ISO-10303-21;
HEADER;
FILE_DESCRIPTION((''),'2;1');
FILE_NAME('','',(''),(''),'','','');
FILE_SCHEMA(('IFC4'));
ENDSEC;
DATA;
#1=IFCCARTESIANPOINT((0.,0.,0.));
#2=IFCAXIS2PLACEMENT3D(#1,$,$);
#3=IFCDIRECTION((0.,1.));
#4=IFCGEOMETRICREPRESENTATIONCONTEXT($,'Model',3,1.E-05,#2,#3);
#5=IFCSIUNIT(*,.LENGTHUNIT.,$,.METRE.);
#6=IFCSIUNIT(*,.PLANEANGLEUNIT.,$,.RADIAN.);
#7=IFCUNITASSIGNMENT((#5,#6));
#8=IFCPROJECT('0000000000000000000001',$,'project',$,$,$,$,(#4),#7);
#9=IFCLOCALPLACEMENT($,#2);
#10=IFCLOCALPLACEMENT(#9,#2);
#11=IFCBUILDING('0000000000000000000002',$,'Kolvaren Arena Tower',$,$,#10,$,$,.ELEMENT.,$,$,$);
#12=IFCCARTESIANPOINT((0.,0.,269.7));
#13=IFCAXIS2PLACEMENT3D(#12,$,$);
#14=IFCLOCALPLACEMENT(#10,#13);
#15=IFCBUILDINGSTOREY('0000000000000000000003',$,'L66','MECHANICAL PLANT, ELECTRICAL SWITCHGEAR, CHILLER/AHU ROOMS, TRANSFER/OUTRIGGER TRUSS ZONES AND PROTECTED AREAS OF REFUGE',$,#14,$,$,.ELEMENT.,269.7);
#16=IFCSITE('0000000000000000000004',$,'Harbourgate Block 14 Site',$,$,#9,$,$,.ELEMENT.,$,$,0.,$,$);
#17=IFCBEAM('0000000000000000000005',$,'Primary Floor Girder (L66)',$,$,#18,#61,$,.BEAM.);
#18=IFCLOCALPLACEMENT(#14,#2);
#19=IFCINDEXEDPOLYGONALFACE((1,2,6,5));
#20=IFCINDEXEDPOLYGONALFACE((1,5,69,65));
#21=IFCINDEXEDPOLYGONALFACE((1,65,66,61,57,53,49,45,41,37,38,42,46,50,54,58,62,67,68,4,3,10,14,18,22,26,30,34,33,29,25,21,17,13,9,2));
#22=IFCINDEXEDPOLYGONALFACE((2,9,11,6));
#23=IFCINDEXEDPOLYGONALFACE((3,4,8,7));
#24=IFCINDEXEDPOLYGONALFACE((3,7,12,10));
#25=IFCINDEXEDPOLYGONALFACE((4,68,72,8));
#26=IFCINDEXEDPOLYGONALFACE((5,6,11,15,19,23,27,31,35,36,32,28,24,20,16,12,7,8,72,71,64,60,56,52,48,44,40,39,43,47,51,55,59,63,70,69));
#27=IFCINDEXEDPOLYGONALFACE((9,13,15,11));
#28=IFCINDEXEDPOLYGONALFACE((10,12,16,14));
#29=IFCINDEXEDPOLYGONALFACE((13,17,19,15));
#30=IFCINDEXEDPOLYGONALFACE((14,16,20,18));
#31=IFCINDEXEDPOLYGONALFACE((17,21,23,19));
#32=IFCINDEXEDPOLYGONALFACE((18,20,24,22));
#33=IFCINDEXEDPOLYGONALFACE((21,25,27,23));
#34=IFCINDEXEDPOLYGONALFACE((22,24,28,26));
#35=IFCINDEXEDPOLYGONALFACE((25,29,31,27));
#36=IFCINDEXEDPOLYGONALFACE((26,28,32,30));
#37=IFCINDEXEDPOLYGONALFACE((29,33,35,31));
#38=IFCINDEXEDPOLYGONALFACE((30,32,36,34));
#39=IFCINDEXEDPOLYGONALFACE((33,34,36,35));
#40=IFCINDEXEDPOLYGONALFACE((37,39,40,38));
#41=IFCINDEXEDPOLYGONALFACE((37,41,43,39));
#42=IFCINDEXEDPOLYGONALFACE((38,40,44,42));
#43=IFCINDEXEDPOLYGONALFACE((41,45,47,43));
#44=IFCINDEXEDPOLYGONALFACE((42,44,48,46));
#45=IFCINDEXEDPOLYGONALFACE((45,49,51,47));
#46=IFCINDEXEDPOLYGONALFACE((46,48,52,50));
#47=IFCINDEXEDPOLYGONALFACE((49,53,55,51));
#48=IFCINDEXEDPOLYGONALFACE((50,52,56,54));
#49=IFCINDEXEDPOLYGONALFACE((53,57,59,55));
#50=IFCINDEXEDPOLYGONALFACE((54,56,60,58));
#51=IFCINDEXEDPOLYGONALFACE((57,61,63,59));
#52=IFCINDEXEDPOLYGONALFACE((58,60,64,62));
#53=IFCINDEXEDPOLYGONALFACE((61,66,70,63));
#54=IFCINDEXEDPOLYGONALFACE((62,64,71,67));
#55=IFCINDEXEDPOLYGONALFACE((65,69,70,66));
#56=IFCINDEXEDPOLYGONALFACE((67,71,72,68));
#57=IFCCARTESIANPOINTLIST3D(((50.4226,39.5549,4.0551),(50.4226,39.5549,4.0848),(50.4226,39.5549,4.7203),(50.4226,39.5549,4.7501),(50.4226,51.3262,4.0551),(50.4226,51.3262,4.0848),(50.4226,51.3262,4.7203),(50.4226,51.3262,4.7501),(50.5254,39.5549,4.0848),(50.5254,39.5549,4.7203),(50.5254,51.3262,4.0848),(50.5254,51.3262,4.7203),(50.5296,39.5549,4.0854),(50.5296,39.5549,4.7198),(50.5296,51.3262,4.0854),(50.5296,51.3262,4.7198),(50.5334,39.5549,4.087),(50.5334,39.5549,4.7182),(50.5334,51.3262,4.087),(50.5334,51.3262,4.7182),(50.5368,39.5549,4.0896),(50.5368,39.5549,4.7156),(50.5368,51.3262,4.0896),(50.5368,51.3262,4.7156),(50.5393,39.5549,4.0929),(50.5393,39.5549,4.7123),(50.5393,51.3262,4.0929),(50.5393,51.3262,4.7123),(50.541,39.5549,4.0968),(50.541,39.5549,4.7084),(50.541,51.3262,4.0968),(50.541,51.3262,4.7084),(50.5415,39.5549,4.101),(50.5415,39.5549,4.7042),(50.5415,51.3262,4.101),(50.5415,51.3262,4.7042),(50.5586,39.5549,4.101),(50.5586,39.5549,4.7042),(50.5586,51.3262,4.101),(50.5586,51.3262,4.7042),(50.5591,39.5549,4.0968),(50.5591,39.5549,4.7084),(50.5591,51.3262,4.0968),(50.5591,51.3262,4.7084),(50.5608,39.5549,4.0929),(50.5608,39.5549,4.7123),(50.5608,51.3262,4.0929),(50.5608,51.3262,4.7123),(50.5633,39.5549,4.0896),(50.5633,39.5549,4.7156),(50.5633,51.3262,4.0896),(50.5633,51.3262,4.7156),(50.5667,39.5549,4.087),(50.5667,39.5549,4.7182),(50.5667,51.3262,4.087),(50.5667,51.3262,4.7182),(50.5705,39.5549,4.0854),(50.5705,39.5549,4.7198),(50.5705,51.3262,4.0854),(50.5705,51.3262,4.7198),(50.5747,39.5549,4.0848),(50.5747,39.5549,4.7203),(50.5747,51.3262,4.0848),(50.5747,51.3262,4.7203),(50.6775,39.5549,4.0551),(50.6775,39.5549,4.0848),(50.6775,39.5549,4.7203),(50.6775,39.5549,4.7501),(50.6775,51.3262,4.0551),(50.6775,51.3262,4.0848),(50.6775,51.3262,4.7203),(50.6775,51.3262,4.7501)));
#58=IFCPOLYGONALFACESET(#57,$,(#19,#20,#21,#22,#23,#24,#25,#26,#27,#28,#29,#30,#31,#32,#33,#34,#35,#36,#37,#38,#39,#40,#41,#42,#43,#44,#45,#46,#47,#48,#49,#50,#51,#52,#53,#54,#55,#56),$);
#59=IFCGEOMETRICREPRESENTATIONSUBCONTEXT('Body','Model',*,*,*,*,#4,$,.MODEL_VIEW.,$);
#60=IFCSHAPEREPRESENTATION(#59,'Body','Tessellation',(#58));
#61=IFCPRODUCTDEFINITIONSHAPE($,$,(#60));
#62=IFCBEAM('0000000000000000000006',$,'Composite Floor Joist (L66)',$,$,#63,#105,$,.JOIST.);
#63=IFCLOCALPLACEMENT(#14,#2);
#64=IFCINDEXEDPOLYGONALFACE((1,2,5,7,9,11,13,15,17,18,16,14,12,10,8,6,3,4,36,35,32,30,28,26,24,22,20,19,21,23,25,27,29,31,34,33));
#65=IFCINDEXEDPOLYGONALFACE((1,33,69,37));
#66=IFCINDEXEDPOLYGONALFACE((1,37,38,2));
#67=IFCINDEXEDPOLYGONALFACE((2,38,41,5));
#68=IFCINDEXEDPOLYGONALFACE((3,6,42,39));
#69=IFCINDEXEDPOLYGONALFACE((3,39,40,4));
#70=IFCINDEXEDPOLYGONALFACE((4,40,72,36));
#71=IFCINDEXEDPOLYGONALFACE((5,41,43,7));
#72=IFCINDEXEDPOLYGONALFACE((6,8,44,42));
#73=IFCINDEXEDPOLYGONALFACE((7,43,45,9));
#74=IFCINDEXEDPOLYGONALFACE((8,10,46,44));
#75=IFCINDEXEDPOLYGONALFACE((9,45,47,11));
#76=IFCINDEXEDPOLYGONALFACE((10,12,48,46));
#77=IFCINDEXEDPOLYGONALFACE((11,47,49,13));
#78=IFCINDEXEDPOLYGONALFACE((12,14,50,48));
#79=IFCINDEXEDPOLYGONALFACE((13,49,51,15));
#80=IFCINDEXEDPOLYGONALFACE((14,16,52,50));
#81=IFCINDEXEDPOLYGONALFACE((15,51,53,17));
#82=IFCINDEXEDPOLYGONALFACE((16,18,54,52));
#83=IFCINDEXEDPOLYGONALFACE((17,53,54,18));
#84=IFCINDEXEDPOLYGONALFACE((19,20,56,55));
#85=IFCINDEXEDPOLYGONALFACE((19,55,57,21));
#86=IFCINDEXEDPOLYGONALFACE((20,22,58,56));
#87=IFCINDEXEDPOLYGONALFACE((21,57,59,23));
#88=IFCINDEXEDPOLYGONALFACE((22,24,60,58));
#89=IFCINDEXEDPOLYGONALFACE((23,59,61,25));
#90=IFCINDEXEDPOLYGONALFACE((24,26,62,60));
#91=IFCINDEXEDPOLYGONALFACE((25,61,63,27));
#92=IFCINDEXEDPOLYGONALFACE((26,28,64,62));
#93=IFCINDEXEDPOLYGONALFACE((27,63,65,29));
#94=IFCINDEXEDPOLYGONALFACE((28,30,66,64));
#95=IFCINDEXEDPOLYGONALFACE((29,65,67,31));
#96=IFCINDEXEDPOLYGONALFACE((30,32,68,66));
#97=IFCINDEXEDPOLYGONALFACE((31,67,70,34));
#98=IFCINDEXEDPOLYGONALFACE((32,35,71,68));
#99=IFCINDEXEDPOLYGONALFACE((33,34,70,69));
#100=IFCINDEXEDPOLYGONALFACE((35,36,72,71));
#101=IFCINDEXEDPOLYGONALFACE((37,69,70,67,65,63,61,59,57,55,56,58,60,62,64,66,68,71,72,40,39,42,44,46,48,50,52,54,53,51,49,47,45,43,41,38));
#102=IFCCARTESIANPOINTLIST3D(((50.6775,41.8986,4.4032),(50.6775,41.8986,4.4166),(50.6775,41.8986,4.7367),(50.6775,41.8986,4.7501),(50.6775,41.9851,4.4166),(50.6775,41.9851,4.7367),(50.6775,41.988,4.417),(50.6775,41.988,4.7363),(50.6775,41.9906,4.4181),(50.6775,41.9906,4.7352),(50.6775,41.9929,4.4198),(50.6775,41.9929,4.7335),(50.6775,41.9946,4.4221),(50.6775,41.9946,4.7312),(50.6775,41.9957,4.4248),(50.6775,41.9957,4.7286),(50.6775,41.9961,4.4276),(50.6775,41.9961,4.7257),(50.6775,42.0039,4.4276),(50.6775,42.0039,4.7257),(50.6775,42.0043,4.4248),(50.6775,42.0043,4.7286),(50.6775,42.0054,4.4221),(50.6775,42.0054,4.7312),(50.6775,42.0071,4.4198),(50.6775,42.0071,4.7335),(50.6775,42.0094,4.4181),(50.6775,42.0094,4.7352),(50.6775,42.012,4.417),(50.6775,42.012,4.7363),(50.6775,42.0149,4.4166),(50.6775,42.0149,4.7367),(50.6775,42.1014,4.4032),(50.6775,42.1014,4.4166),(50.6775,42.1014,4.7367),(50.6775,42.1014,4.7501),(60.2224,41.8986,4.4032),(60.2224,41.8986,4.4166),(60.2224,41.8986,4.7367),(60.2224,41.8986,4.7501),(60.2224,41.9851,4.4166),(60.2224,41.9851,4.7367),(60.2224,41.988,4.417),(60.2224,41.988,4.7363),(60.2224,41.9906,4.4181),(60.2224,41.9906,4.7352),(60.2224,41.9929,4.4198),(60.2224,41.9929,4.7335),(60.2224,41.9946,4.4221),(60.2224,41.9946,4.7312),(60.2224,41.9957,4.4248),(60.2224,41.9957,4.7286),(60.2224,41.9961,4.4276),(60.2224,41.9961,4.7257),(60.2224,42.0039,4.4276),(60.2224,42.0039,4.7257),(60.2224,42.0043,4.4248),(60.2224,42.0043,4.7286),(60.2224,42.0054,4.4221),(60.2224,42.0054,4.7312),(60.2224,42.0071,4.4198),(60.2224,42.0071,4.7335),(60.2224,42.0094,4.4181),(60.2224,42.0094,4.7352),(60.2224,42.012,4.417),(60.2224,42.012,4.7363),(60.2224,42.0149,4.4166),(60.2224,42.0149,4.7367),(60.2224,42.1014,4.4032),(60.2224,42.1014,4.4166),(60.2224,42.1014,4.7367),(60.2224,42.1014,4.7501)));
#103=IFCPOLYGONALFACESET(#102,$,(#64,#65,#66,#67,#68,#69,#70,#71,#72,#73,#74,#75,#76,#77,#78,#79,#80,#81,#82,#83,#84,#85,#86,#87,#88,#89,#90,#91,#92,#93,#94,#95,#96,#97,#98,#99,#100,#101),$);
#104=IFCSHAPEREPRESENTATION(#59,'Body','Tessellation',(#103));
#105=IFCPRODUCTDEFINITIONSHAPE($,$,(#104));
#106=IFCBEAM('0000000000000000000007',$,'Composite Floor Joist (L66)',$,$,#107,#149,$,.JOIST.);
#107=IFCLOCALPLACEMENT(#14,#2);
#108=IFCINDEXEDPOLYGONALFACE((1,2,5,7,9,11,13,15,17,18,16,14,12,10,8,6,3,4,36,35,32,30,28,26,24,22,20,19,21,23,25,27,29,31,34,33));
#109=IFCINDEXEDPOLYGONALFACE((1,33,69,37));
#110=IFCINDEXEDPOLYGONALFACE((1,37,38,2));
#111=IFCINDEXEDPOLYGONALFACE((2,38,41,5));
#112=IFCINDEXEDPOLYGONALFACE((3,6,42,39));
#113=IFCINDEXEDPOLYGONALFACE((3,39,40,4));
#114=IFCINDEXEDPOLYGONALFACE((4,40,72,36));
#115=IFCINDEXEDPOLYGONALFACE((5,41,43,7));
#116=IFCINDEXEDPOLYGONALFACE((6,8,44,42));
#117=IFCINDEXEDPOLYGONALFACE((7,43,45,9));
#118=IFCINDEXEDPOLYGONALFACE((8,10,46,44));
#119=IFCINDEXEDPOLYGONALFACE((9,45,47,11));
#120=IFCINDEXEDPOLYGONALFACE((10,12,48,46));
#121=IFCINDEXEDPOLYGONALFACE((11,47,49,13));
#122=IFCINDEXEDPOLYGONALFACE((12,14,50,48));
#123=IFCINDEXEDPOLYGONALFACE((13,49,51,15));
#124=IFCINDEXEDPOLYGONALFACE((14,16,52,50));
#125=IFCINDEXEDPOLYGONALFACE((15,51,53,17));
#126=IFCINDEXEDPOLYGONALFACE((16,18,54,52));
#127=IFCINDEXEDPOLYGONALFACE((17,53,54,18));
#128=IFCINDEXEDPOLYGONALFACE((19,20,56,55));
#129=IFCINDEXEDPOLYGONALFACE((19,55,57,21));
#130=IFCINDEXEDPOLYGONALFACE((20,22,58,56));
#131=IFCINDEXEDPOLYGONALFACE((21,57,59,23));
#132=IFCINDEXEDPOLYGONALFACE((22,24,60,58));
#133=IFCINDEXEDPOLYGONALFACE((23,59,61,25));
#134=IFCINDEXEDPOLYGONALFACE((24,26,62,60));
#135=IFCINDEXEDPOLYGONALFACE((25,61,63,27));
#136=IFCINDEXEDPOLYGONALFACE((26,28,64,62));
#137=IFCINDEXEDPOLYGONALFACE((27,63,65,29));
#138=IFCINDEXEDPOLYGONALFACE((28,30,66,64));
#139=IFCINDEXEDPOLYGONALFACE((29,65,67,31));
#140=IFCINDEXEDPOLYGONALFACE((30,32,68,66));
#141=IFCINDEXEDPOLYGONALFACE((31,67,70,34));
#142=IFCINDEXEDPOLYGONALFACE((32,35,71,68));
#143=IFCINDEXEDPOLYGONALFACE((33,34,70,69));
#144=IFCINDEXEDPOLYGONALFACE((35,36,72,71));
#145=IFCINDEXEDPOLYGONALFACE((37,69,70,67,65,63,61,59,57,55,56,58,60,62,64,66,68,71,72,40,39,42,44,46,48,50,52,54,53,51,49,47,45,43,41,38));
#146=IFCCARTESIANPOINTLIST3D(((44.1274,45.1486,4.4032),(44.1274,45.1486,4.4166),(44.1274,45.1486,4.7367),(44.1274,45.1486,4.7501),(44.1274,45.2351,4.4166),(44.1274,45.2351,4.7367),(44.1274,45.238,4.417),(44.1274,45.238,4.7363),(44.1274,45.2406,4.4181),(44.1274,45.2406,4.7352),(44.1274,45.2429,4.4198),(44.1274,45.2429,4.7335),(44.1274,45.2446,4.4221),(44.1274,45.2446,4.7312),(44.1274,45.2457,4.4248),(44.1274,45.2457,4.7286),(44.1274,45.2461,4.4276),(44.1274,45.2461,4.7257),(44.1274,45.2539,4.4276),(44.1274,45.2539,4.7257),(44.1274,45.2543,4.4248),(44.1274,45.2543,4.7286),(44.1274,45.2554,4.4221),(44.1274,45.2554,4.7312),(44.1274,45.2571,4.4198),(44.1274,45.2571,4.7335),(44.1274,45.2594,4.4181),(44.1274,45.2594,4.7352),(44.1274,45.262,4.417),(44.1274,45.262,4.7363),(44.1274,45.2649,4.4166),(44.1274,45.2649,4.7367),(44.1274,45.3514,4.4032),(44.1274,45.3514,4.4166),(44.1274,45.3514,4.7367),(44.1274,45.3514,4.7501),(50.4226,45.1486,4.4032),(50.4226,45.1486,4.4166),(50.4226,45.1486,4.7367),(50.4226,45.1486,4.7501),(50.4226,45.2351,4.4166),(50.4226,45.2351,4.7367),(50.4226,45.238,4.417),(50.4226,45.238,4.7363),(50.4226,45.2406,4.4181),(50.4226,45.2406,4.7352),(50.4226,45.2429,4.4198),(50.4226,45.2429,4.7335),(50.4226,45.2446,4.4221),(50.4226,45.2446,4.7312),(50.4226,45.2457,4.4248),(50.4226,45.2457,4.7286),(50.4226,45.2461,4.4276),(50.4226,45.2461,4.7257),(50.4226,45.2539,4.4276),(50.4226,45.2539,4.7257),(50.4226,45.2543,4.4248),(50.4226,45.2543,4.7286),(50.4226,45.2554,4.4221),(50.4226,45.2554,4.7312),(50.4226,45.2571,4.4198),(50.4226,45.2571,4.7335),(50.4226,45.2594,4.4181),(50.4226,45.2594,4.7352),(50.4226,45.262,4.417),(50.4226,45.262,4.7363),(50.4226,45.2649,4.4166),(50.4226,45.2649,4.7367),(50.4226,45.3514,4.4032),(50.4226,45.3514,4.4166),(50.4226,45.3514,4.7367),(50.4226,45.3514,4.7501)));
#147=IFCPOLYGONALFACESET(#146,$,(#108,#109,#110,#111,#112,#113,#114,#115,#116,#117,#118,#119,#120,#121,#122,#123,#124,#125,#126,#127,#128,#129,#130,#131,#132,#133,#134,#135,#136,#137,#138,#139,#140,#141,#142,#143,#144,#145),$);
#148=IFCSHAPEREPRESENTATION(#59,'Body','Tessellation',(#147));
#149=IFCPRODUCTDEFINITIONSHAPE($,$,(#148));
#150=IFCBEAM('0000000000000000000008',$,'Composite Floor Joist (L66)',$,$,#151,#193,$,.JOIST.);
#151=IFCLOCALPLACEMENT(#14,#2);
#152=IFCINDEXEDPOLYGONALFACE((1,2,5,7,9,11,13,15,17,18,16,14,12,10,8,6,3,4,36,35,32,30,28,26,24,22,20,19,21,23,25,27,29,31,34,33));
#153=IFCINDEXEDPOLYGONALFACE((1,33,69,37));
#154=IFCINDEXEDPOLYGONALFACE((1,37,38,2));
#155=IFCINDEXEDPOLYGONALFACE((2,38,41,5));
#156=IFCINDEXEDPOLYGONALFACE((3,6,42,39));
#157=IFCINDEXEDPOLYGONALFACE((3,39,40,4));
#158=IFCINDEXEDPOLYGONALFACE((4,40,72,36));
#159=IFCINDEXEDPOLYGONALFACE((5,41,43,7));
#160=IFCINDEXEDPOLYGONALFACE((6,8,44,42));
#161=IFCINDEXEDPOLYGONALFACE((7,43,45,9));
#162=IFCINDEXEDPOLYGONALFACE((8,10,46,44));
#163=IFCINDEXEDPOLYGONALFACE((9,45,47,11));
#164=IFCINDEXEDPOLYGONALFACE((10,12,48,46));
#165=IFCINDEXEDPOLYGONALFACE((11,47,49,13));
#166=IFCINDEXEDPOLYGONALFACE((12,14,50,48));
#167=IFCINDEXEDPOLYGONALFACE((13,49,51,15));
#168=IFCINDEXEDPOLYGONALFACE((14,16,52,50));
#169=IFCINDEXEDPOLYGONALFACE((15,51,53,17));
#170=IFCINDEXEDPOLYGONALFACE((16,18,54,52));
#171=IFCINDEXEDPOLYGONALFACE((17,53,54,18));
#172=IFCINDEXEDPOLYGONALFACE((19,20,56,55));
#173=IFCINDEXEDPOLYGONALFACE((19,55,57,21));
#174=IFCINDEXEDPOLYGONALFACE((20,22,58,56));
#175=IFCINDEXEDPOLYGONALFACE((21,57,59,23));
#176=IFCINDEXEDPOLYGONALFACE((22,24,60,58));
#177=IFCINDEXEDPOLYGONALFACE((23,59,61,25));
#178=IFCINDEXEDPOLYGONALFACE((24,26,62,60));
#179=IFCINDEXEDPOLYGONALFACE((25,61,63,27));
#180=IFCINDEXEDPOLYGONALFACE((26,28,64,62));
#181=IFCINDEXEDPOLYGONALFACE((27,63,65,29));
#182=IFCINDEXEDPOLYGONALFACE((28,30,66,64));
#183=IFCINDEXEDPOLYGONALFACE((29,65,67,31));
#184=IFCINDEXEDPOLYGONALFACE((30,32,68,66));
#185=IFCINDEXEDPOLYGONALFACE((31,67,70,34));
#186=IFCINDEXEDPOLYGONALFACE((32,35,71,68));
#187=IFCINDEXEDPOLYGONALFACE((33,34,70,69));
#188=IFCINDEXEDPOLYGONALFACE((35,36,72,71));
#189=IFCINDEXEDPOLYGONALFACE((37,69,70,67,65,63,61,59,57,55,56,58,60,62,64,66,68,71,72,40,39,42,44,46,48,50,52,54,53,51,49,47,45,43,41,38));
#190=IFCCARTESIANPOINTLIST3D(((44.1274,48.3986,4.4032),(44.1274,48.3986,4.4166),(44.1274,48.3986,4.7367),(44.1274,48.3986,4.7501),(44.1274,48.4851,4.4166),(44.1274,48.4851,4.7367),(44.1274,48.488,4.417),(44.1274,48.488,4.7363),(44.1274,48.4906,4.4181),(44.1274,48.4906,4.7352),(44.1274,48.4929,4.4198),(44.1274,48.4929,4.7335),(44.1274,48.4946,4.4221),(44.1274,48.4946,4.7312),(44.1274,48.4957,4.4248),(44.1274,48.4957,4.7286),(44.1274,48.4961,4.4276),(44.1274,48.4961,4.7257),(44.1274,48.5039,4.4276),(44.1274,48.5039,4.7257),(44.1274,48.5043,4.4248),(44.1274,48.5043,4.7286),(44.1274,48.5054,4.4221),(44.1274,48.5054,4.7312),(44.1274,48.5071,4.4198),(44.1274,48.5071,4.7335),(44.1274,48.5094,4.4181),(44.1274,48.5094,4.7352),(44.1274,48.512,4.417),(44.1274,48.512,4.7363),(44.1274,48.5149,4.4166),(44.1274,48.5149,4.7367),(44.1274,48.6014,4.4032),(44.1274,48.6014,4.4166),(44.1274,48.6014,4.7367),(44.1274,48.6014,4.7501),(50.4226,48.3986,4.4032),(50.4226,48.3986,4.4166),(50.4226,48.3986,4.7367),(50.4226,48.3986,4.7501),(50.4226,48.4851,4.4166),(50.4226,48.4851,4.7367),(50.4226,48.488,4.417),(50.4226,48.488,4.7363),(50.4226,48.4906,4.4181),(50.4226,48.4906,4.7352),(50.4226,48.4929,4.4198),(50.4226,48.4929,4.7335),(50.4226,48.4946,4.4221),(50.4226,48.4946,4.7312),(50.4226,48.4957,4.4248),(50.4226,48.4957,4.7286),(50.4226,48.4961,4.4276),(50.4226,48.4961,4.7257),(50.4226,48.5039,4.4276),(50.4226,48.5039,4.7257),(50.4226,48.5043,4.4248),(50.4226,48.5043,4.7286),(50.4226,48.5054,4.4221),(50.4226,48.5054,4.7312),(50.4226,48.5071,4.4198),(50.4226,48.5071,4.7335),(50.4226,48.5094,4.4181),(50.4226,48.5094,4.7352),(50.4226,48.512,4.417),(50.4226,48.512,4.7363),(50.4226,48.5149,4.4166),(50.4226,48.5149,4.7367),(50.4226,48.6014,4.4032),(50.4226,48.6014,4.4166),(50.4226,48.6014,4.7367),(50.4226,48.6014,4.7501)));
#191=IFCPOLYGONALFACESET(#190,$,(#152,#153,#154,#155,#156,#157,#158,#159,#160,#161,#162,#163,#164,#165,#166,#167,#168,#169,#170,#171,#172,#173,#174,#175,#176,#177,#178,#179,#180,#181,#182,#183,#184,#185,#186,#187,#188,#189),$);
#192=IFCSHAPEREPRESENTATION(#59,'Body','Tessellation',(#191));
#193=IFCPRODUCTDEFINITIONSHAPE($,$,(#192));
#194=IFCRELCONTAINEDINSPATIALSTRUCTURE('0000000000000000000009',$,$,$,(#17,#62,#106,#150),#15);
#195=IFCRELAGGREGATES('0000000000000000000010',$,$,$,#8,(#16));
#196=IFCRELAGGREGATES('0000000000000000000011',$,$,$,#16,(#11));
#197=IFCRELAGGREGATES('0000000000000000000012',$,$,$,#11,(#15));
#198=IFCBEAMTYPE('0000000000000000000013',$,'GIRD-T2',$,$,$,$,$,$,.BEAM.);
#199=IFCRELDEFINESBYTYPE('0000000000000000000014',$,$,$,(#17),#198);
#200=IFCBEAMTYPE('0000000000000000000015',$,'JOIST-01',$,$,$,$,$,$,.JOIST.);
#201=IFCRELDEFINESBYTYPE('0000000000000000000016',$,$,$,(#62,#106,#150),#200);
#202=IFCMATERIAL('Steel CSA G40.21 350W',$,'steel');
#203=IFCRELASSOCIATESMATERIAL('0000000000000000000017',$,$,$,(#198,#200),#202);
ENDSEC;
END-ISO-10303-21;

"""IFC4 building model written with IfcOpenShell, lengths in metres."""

from ifc_helpers import new_model, si_unit, direction, frame, origin, origin_2d, place, context, subcontext, project, spatial, i_section, extrude, material, material_profile, profile_set, type_object, element, save


model = new_model("IFC4")

# Units and contexts
model_context = context("Model", 3, precision=1e-05, world=origin(), true_north=direction((0.0, 1.0)))
body_context = subcontext(model_context, "Body", "Model", "MODEL_VIEW")
ifc_project = project(units=[si_unit("LENGTHUNIT", "METRE"), si_unit("PLANEANGLEUNIT", "RADIAN")], contexts=[model_context])

# Site, building, storey
site_placement = place(None, origin())
site = spatial("IfcSite", under=ifc_project, at=site_placement, Name="Harbourgate Block 14 Site", CompositionType="ELEMENT", RefElevation=0.0)
building_placement = place(site_placement, origin())
building = spatial("IfcBuilding", under=site, at=building_placement, Name="Kolvaren Arena Tower", CompositionType="ELEMENT")
storey_placement = place(building_placement, frame((0.0, 0.0, 269.7)))
storey = spatial("IfcBuildingStorey", under=building, at=storey_placement, Name="L66", Description="MECHANICAL PLANT, ELECTRICAL SWITCHGEAR, CHILLER/AHU ROOMS, TRANSFER/OUTRIGGER TRUSS ZONES AND PROTECTED AREAS OF REFUGE", CompositionType="ELEMENT", Elevation=269.7)

# Shared definitions
ifc_material_1 = material(Name="Steel CSA G40.21 350W", Category="steel")

# Beams
ifc_material_profile_1 = material_profile(ifc_material_1, i_section(OverallWidth=0.2549, OverallDepth=0.6951, WebThickness=0.0171, FlangeThickness=0.0298, FilletRadius=0.0161, at=origin_2d()), Name="W690x217")
ifc_profile_set_1 = profile_set([ifc_material_profile_1], Name="Steel CSA G40.21 350W")
beam_type_1 = type_object("IfcBeamType", Name="GIRD-T2", PredefinedType="BEAM", material=ifc_profile_set_1)
beam_1_placement = place(storey_placement, frame((50.55, 39.5549, 4.4026), z_axis=(0.0, 1.0, 0.0), x_axis=(-1.0, 0.0, 0.0)))
element("IfcBeam", 1, at=beam_1_placement, inside=storey, type_object=beam_type_1, Name="Primary Floor Girder (L66)", PredefinedType="BEAM", context=body_context, shape_type="SweptSolid", body=[
    extrude(i_section(OverallWidth=0.2549, OverallDepth=0.6951, WebThickness=0.0171, FlangeThickness=0.0298, FilletRadius=0.0161, at=origin_2d()), origin(), (0.0, 0.0, 1.0), 11.7712),
])
ifc_material_profile_2 = material_profile(ifc_material_1, i_section(OverallWidth=0.2029, OverallDepth=0.3469, WebThickness=0.0078, FlangeThickness=0.0134, FilletRadius=0.011, at=origin_2d()), Name="W360x64")
ifc_profile_set_2 = profile_set([ifc_material_profile_2], Name="Steel CSA G40.21 350W")
beam_type_2 = type_object("IfcBeamType", Name="JOIST-01", PredefinedType="JOIST", material=ifc_profile_set_2)
beam_2_placement = place(storey_placement, frame((50.6775, 42.0, 4.5767), z_axis=(1.0, 0.0, 0.0), x_axis=(0.0, 1.0, 0.0)))
element("IfcBeam", 2, at=beam_2_placement, inside=storey, type_object=beam_type_2, Name="Composite Floor Joist (L66)", PredefinedType="JOIST", context=body_context, shape_type="SweptSolid", body=[
    extrude(i_section(OverallWidth=0.2029, OverallDepth=0.3469, WebThickness=0.0078, FlangeThickness=0.0134, FilletRadius=0.011, at=origin_2d()), origin(), (0.0, 0.0, 1.0), 9.5449),
])
for number, where, z_axis, x_axis, name in (
    (3, (44.1274, 45.25, 4.5767), (1.0, 0.0, 0.0), (0.0, 1.0, 0.0), "Composite Floor Joist (L66)"),
    (4, (44.1274, 48.5, 4.5767), (1.0, 0.0, 0.0), (0.0, 1.0, 0.0), "Composite Floor Joist (L66)"),
):
    element("IfcBeam", number, at=place(storey_placement, frame(where, z_axis=z_axis, x_axis=x_axis)), inside=storey, type_object=beam_type_2, Name=name, PredefinedType="JOIST", context=body_context, shape_type="SweptSolid", body=[
        extrude(i_section(OverallWidth=0.2029, OverallDepth=0.3469, WebThickness=0.0078, FlangeThickness=0.0134, FilletRadius=0.011, at=origin_2d()), origin(), (0.0, 0.0, 1.0), 6.2952),
    ])

save(model, "model.ifc")
